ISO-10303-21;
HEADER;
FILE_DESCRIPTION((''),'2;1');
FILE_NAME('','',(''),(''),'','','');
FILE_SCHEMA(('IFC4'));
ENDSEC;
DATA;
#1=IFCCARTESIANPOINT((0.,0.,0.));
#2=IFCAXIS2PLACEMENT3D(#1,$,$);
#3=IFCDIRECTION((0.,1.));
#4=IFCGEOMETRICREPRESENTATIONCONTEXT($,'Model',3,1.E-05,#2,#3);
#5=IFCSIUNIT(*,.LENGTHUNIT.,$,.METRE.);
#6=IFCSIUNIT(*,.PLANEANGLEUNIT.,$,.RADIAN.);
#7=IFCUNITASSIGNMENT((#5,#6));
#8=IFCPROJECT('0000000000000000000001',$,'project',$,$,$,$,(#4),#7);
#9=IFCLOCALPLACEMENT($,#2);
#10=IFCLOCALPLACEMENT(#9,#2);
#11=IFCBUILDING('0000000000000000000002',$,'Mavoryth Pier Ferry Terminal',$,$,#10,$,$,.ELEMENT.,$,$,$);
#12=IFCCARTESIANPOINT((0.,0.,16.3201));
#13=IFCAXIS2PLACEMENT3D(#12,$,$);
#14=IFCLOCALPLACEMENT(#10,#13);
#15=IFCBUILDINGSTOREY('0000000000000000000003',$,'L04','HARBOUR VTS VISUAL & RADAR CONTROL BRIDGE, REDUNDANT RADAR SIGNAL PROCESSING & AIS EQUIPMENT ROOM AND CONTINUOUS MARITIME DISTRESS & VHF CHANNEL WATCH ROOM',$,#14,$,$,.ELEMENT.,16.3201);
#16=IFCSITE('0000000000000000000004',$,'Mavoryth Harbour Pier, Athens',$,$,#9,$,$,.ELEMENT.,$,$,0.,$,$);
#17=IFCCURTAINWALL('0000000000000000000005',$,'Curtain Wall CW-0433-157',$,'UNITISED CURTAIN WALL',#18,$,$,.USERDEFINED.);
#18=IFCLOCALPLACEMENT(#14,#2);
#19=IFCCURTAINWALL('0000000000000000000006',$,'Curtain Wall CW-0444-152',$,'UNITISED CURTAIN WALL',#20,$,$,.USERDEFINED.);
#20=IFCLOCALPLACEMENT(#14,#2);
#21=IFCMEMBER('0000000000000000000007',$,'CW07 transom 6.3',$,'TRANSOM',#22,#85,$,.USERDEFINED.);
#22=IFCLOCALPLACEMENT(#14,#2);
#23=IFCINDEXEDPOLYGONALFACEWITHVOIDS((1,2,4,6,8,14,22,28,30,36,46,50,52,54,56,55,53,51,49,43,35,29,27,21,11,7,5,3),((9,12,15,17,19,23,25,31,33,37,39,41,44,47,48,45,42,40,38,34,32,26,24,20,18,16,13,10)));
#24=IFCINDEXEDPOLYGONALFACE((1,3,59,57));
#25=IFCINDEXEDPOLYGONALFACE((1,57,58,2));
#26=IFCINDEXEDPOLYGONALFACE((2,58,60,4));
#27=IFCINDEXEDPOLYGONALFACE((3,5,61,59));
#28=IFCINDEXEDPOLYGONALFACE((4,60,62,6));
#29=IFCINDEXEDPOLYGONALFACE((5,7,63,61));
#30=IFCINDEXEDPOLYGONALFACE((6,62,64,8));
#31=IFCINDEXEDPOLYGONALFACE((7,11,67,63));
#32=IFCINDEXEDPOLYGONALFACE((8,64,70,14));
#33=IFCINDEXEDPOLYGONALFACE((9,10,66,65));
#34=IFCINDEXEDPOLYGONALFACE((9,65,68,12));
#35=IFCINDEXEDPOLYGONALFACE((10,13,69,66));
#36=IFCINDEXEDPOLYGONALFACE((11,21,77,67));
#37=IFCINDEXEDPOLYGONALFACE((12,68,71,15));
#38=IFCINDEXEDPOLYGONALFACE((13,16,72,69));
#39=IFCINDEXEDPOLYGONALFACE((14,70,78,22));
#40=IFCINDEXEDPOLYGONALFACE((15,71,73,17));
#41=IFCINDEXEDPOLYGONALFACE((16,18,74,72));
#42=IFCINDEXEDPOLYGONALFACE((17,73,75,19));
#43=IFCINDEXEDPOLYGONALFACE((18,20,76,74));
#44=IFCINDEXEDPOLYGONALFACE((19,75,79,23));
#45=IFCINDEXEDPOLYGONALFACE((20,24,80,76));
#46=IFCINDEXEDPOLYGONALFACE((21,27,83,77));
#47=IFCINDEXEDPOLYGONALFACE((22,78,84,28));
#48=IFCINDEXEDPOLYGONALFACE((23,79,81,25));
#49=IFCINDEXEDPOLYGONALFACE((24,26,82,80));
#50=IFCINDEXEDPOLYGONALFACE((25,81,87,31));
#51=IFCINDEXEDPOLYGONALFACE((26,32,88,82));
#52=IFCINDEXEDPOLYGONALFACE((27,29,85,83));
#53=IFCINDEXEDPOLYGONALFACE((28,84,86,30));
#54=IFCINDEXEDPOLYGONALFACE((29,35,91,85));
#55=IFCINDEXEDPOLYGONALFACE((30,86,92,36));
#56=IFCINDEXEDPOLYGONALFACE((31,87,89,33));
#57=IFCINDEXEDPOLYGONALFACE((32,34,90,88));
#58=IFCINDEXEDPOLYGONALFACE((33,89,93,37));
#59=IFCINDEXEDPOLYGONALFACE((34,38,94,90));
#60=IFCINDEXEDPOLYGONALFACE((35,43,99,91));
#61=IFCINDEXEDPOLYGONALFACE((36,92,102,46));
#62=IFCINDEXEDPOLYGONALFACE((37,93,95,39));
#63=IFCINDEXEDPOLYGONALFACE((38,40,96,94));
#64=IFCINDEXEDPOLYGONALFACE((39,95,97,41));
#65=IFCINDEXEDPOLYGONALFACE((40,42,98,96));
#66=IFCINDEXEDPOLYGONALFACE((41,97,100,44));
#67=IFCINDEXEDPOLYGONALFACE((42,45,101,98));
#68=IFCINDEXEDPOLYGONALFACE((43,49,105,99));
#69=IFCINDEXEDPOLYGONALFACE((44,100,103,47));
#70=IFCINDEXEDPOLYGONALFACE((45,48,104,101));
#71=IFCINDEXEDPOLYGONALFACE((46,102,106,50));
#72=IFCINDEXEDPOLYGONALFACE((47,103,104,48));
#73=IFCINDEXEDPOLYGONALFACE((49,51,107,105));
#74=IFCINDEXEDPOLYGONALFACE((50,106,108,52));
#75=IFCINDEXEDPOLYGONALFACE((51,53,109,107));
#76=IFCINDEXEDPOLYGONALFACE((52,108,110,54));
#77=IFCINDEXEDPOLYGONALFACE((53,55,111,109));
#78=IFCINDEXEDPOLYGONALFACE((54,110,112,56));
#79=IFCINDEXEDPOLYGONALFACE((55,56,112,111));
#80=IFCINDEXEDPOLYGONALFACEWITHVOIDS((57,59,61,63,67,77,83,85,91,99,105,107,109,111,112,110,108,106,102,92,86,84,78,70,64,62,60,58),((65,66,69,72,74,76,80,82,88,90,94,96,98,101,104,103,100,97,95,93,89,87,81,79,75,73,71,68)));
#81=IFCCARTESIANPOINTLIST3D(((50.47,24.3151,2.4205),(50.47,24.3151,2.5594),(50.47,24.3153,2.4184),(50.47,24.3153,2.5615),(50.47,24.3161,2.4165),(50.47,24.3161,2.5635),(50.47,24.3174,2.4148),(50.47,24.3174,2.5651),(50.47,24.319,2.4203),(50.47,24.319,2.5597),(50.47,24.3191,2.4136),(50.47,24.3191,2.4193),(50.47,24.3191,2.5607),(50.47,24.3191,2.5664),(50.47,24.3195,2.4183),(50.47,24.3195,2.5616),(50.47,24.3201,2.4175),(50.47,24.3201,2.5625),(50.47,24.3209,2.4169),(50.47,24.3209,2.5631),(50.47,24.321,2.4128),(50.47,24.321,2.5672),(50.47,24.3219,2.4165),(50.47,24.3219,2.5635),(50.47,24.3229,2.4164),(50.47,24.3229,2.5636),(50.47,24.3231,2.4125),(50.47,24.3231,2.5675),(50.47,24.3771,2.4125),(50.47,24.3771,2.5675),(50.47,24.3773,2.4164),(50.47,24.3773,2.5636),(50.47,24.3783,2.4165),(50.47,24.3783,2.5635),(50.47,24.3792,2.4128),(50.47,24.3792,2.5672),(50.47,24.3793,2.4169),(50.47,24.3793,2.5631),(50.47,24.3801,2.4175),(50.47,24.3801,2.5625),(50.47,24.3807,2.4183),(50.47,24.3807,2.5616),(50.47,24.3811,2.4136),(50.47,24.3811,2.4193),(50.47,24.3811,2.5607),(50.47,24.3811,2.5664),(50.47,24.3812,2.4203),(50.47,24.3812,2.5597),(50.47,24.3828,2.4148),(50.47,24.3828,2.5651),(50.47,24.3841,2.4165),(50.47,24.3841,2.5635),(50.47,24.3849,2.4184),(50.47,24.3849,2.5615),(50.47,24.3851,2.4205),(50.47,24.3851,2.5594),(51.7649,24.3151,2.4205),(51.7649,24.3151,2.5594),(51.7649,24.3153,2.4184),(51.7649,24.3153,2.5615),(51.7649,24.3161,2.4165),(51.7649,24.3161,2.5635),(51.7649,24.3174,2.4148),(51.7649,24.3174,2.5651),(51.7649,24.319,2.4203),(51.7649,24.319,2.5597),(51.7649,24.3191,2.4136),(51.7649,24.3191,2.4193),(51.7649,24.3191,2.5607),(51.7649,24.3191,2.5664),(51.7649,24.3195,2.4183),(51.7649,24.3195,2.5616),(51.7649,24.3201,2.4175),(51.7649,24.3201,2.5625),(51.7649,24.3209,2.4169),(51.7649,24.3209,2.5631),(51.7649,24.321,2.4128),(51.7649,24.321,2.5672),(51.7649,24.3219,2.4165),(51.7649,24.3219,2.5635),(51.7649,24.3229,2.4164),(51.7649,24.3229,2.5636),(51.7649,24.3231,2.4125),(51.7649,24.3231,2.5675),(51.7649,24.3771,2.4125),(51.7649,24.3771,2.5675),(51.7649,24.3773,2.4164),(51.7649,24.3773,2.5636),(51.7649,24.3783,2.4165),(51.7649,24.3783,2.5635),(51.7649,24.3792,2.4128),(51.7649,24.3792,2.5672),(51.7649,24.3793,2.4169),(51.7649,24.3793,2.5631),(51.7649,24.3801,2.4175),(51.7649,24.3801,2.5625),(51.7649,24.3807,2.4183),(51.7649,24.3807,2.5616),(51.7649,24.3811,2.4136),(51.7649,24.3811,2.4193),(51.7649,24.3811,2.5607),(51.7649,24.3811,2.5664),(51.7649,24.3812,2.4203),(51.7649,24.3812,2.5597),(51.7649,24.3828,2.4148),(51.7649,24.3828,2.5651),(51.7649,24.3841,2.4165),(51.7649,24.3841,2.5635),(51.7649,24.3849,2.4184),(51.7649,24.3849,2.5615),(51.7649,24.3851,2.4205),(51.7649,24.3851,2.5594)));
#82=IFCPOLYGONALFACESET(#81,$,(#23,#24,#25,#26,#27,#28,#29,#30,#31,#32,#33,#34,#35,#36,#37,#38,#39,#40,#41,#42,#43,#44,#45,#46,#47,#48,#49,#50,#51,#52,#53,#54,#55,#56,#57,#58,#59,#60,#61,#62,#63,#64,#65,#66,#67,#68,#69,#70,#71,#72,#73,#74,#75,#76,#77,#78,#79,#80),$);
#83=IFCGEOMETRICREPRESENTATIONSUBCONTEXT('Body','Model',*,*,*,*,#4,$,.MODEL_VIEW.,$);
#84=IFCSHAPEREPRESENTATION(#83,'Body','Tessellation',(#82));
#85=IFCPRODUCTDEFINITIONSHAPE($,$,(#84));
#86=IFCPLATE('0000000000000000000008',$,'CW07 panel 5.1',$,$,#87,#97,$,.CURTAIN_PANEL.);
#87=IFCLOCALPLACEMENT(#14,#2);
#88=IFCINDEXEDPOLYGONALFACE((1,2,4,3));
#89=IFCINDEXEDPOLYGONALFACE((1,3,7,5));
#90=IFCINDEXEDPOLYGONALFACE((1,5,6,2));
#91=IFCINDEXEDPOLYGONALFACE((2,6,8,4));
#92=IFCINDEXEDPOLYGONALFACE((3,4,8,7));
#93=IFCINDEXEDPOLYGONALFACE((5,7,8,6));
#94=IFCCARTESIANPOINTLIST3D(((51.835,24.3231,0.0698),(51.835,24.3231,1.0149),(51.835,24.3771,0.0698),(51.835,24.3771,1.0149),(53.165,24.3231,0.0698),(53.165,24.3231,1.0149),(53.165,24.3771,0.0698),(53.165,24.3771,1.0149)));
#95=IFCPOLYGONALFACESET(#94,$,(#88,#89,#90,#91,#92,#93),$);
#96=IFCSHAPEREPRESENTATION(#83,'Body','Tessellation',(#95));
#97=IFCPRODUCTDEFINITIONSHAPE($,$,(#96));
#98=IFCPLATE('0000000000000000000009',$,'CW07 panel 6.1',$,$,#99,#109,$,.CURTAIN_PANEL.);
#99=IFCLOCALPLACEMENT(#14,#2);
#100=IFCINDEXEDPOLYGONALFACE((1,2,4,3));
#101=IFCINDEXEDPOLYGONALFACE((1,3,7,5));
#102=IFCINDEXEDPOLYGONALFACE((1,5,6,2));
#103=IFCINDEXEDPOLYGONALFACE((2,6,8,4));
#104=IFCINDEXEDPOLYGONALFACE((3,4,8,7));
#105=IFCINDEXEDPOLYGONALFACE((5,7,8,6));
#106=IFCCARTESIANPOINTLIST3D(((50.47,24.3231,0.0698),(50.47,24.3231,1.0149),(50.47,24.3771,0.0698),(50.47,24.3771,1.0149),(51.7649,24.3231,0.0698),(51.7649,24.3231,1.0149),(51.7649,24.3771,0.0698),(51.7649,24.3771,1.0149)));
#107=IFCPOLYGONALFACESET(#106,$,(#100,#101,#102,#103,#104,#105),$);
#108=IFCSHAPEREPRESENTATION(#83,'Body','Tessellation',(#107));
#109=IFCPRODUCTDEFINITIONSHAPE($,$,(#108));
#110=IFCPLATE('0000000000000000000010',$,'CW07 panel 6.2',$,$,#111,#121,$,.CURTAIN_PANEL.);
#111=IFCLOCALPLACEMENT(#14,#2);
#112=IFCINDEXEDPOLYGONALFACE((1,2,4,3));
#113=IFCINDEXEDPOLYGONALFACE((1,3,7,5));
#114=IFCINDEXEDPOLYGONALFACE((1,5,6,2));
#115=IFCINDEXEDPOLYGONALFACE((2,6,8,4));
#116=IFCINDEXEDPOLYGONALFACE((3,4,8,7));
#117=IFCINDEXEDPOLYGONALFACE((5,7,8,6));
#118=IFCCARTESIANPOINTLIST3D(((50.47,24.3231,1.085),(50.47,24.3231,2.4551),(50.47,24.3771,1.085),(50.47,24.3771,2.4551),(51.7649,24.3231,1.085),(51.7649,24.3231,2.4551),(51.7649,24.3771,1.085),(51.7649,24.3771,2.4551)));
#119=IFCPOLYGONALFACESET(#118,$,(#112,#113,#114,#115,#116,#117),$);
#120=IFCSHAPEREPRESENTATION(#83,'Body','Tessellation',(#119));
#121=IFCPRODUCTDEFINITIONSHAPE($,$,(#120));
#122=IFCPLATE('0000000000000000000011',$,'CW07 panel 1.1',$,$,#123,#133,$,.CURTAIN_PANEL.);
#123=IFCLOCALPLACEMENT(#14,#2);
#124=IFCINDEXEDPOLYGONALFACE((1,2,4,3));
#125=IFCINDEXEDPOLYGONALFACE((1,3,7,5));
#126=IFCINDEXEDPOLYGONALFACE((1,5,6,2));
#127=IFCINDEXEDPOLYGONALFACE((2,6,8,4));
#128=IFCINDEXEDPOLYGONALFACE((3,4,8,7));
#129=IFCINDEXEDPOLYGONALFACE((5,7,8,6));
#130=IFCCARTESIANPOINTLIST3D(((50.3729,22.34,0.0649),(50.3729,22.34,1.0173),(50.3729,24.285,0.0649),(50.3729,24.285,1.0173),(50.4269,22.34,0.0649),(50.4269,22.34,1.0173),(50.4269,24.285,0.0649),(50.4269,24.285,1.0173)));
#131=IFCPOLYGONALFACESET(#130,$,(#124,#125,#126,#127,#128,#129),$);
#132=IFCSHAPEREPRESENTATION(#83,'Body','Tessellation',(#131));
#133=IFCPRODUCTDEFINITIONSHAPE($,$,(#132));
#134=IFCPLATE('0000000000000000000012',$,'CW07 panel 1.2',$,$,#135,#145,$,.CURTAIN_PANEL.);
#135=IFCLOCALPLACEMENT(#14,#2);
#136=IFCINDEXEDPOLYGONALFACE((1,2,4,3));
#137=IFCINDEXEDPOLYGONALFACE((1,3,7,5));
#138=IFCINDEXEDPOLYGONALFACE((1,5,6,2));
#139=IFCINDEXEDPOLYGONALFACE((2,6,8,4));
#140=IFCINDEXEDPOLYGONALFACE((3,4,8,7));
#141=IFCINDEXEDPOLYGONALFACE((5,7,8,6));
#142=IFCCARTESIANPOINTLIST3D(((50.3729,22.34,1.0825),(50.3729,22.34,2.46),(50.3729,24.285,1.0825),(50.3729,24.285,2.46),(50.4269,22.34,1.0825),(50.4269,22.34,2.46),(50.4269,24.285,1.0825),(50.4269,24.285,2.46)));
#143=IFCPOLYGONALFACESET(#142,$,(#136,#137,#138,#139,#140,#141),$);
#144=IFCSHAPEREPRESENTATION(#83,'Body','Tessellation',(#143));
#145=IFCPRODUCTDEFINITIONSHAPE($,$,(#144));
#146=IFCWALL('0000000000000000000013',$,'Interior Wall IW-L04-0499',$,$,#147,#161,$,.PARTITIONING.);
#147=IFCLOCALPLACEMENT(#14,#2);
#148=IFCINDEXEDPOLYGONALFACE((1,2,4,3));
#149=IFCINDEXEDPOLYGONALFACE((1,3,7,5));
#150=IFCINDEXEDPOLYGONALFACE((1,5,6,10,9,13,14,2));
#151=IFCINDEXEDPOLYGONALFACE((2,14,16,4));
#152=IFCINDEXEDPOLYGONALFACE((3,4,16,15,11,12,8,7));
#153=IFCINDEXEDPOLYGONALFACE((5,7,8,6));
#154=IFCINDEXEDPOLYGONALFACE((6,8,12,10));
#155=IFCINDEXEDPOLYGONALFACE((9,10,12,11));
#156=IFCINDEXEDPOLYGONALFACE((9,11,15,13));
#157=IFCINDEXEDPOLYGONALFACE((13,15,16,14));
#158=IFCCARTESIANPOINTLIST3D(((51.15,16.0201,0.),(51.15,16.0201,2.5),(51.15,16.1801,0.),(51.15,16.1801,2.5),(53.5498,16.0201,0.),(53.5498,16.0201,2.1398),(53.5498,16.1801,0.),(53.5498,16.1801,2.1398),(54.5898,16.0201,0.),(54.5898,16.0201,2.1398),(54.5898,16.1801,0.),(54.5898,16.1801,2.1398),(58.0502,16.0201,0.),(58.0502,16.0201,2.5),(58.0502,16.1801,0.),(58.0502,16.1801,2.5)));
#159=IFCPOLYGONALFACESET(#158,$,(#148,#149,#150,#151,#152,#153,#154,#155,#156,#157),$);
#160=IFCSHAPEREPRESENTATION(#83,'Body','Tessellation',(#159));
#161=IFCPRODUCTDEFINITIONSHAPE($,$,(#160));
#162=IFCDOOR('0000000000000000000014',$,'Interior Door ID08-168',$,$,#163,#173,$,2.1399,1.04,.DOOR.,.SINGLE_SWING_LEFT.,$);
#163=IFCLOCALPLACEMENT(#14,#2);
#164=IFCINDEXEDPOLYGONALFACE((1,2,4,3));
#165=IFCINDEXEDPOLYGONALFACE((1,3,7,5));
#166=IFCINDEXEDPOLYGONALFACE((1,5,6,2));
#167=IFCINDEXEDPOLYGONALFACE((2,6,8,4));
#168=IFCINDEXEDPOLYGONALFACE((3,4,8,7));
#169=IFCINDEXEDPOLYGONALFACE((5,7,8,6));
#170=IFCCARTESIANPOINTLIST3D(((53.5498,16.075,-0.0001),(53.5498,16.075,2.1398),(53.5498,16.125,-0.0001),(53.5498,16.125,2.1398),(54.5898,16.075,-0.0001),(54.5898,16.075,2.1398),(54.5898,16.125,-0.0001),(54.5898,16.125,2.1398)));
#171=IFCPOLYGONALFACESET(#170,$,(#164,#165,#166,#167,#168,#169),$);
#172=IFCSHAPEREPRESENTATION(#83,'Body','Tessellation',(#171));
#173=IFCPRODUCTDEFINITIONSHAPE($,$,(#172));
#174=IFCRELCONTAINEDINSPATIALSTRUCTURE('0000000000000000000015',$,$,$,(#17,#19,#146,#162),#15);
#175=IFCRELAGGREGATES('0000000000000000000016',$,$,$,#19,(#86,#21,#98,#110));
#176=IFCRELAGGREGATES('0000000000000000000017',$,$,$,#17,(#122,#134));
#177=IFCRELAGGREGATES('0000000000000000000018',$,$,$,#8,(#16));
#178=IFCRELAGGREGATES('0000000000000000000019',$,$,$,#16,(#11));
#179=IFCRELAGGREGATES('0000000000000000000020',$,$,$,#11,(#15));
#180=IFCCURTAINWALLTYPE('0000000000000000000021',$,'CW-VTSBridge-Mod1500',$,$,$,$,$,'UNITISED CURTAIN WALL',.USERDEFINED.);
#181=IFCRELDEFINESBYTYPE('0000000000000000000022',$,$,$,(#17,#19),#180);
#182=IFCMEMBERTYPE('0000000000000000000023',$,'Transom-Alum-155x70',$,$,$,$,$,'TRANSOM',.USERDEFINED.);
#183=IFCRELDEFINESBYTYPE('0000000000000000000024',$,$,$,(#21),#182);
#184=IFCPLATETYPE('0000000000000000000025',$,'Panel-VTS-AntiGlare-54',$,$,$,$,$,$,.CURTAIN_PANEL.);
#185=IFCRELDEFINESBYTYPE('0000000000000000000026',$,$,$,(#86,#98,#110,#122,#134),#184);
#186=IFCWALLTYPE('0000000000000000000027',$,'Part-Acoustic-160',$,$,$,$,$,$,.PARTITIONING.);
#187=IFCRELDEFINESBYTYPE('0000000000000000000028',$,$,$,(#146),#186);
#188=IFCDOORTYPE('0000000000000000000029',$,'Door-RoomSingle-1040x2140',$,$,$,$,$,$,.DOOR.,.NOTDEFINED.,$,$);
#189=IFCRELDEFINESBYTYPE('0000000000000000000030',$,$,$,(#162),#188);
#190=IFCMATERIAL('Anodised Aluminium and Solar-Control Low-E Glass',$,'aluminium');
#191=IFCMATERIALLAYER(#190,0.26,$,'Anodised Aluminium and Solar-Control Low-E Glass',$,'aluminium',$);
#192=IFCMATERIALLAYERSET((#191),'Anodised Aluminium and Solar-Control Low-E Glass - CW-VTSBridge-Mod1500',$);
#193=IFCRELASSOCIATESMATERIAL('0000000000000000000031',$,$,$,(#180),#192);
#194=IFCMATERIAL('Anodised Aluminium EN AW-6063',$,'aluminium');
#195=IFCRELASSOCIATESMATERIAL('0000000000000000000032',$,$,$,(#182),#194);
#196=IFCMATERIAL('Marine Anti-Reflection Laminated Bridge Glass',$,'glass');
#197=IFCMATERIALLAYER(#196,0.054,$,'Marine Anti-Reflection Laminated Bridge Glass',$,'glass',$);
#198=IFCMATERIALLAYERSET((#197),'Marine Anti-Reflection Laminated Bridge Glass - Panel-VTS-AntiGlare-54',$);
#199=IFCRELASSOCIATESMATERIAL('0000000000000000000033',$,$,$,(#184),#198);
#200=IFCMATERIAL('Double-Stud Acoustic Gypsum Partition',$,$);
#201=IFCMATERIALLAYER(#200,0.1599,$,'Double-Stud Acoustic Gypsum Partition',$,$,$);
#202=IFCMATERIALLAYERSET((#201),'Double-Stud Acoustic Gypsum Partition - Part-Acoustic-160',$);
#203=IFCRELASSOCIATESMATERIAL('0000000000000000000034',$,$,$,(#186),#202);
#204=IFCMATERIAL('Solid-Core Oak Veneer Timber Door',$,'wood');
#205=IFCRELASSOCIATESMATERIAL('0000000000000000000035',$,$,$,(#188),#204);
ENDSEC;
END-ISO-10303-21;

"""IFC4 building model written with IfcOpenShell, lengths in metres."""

from ifc_helpers import new_model, si_unit, direction, frame, frame_2d, origin, origin_2d, place, context, subcontext, project, spatial, rectangle, hollow_rectangle, extrude, material, layer, layer_set, material_profile, profile_set, type_object, element, fill, aggregate, save


model = new_model("IFC4")

# Units and contexts
model_context = context("Model", 3, precision=1e-05, world=origin(), true_north=direction((0.0, 1.0)))
body_context = subcontext(model_context, "Body", "Model", "MODEL_VIEW")
ifc_project = project(units=[si_unit("LENGTHUNIT", "METRE"), si_unit("PLANEANGLEUNIT", "RADIAN")], contexts=[model_context])

# Site, building, storey
site_placement = place(None, origin())
site = spatial("IfcSite", under=ifc_project, at=site_placement, Name="Mavoryth Harbour Pier, Athens", CompositionType="ELEMENT", RefElevation=0.0)
building_placement = place(site_placement, origin())
building = spatial("IfcBuilding", under=site, at=building_placement, Name="Mavoryth Pier Ferry Terminal", CompositionType="ELEMENT")
storey_placement = place(building_placement, frame((0.0, 0.0, 16.3201)))
storey = spatial("IfcBuildingStorey", under=building, at=storey_placement, Name="L04", Description="HARBOUR VTS VISUAL & RADAR CONTROL BRIDGE, REDUNDANT RADAR SIGNAL PROCESSING & AIS EQUIPMENT ROOM AND CONTINUOUS MARITIME DISTRESS & VHF CHANNEL WATCH ROOM", CompositionType="ELEMENT", Elevation=16.3201)

# Curtain walls
ifc_material_1 = material(Name="Anodised Aluminium and Solar-Control Low-E Glass", Category="aluminium")
ifc_layer_1 = layer(ifc_material_1, 0.26, Name="Anodised Aluminium and Solar-Control Low-E Glass", Category="aluminium")
ifc_layer_set_1 = layer_set([ifc_layer_1], Name="Anodised Aluminium and Solar-Control Low-E Glass - CW-VTSBridge-Mod1500")
curtain_wall_type = type_object("IfcCurtainWallType", Name="CW-VTSBridge-Mod1500", ElementType="UNITISED CURTAIN WALL", PredefinedType="USERDEFINED", material=ifc_layer_set_1)
curtain_wall_1_placement = place(storey_placement, origin())
curtain_wall_1 = element("IfcCurtainWall", 1, at=curtain_wall_1_placement, inside=storey, type_object=curtain_wall_type, Name="Curtain Wall CW-0433-157", ObjectType="UNITISED CURTAIN WALL", PredefinedType="USERDEFINED")
ifc_material_2 = material(Name="Anodised Aluminium EN AW-6063", Category="aluminium")
curtain_wall_2_placement = place(storey_placement, origin())
curtain_wall_2 = element("IfcCurtainWall", 2, at=curtain_wall_2_placement, inside=storey, type_object=curtain_wall_type, Name="Curtain Wall CW-0444-152", ObjectType="UNITISED CURTAIN WALL", PredefinedType="USERDEFINED")

# Member
ifc_material_profile_1 = material_profile(ifc_material_2, hollow_rectangle(XDim=0.0701, YDim=0.155, WallThickness=0.0039, InnerFilletRadius=0.0039, OuterFilletRadius=0.0081, at=origin_2d()), Name="AL-TRAN 155x70x4", Category="aluminium")
ifc_profile_set_1 = profile_set([ifc_material_profile_1], Name="Anodised Aluminium EN AW-6063 - AL-TRAN 155x70x4")
member_type_1 = type_object("IfcMemberType", Name="Transom-Alum-155x70", ElementType="TRANSOM", PredefinedType="USERDEFINED", material=ifc_profile_set_1)
member_1_placement = place(storey_placement, frame((51.7649, 24.3501, 2.49), z_axis=(-1.0, 0.0, 0.0), x_axis=(0.0, -1.0, 0.0)))
member_1 = element("IfcMember", 3, at=member_1_placement, type_object=member_type_1, Name="CW07 transom 6.3", ObjectType="TRANSOM", PredefinedType="USERDEFINED", context=body_context, shape_type="SweptSolid", body=[
    extrude(hollow_rectangle(XDim=0.0701, YDim=0.155, WallThickness=0.0039, InnerFilletRadius=0.0039, OuterFilletRadius=0.0081, at=origin_2d()), origin(), (0.0, 0.0, 1.0), 1.2949),
])

# Plates
ifc_material_3 = material(Name="Marine Anti-Reflection Laminated Bridge Glass", Category="glass")
ifc_layer_2 = layer(ifc_material_3, 0.054, Name="Marine Anti-Reflection Laminated Bridge Glass", Category="glass")
ifc_layer_set_2 = layer_set([ifc_layer_2], Name="Marine Anti-Reflection Laminated Bridge Glass - Panel-VTS-AntiGlare-54")
plate_type = type_object("IfcPlateType", Name="Panel-VTS-AntiGlare-54", PredefinedType="CURTAIN_PANEL", material=ifc_layer_set_2)
plate_1_placement = place(storey_placement, frame((52.5, 24.3501, 0.0698), z_axis=(0.0, 0.0, 1.0), x_axis=(-1.0, 0.0, 0.0)))
plate_1 = element("IfcPlate", 4, at=plate_1_placement, type_object=plate_type, Name="CW07 panel 5.1", PredefinedType="CURTAIN_PANEL", context=body_context, shape_type="SweptSolid", body=[
    extrude(rectangle(XDim=1.3301, YDim=0.054, at=origin_2d()), origin(), (0.0, 0.0, 1.0), 0.9451),
])
plate_2_placement = place(storey_placement, frame((51.1174, 24.3501, 0.0698), z_axis=(0.0, 0.0, 1.0), x_axis=(-1.0, 0.0, 0.0)))
plate_2 = element("IfcPlate", 5, at=plate_2_placement, type_object=plate_type, Name="CW07 panel 6.1", PredefinedType="CURTAIN_PANEL", context=body_context, shape_type="SweptSolid", body=[
    extrude(rectangle(XDim=1.2949, YDim=0.054, at=origin_2d()), origin(), (0.0, 0.0, 1.0), 0.9451),
])
plate_3_placement = place(storey_placement, frame((51.1174, 24.3501, 1.085), z_axis=(0.0, 0.0, 1.0), x_axis=(-1.0, 0.0, 0.0)))
plate_3 = element("IfcPlate", 6, at=plate_3_placement, type_object=plate_type, Name="CW07 panel 6.2", PredefinedType="CURTAIN_PANEL", context=body_context, shape_type="SweptSolid", body=[
    extrude(rectangle(XDim=1.2949, YDim=0.054, at=origin_2d()), origin(), (0.0, 0.0, 1.0), 1.3701),
])
aggregate(curtain_wall_2, [plate_1, member_1, plate_2, plate_3])
plate_4_placement = place(storey_placement, frame((50.3999, 23.3125, 0.0649), z_axis=(0.0, 0.0, 1.0), x_axis=(0.0, -1.0, 0.0)))
plate_4 = element("IfcPlate", 7, at=plate_4_placement, type_object=plate_type, Name="CW07 panel 1.1", PredefinedType="CURTAIN_PANEL", context=body_context, shape_type="SweptSolid", body=[
    extrude(rectangle(XDim=1.9451, YDim=0.054, at=origin_2d()), origin(), (0.0, 0.0, 1.0), 0.9524),
])
plate_5_placement = place(storey_placement, frame((50.3999, 23.3125, 1.0825), z_axis=(0.0, 0.0, 1.0), x_axis=(0.0, -1.0, 0.0)))
plate_5 = element("IfcPlate", 8, at=plate_5_placement, type_object=plate_type, Name="CW07 panel 1.2", PredefinedType="CURTAIN_PANEL", context=body_context, shape_type="SweptSolid", body=[
    extrude(rectangle(XDim=1.9451, YDim=0.054, at=origin_2d()), origin(), (0.0, 0.0, 1.0), 1.3774),
])
aggregate(curtain_wall_1, [plate_4, plate_5])

# Wall, opening, door
ifc_material_4 = material(Name="Double-Stud Acoustic Gypsum Partition")
ifc_layer_3 = layer(ifc_material_4, 0.1599, Name="Double-Stud Acoustic Gypsum Partition")
ifc_layer_set_3 = layer_set([ifc_layer_3], Name="Double-Stud Acoustic Gypsum Partition - Part-Acoustic-160")
wall_type = type_object("IfcWallType", Name="Part-Acoustic-160", PredefinedType="PARTITIONING", material=ifc_layer_set_3)
wall_placement = place(storey_placement, frame((51.1499, 16.1001, 0.0), z_axis=(0.0, 0.0, 1.0), x_axis=(1.0, 0.0, 0.0)))
wall = element("IfcWall", 9, at=wall_placement, inside=storey, type_object=wall_type, Name="Interior Wall IW-L04-0499", PredefinedType="PARTITIONING", context=body_context, shape_type="SweptSolid", body=[
    extrude(rectangle(XDim=6.9001, YDim=0.1599, at=frame_2d((3.4502, 0.0))), origin(), (0.0, 0.0, 1.0), 2.5),
])
opening_placement = place(wall_placement, frame((2.3999, 0.0, 0.0)))
opening = element("IfcOpeningElement", 10, at=opening_placement, cuts=wall, PredefinedType="OPENING", context=body_context, shape_type="SweptSolid", body=[
    extrude(rectangle(XDim=1.04, YDim=2.1399, at=frame_2d((0.52, 1.0698))), frame((0.0, 0.0898, 0.0), z_axis=(0.0, -1.0, 0.0), x_axis=(1.0, 0.0, 0.0)), (0.0, 0.0, 1.0), 0.1799),
])
ifc_material_5 = material(Name="Solid-Core Oak Veneer Timber Door", Category="wood")
door_type = type_object("IfcDoorType", Name="Door-RoomSingle-1040x2140", OperationType="NOTDEFINED", PredefinedType="DOOR", material=ifc_material_5)
door_placement = place(opening_placement, origin())
door = element("IfcDoor", 11, at=door_placement, inside=storey, type_object=door_type, Name="Interior Door ID08-168", OperationType="SINGLE_SWING_LEFT", OverallHeight=2.1399, OverallWidth=1.04, PredefinedType="DOOR", context=body_context, shape_type="SweptSolid", body=[
    extrude(rectangle(XDim=1.04, YDim=2.1399, at=frame_2d((0.52, 1.0698))), frame((0.0, 0.0249, 0.0), z_axis=(0.0, -1.0, 0.0), x_axis=(1.0, 0.0, 0.0)), (0.0, 0.0, 1.0), 0.05),
])
fill(opening, door)

save(model, "model.ifc")
